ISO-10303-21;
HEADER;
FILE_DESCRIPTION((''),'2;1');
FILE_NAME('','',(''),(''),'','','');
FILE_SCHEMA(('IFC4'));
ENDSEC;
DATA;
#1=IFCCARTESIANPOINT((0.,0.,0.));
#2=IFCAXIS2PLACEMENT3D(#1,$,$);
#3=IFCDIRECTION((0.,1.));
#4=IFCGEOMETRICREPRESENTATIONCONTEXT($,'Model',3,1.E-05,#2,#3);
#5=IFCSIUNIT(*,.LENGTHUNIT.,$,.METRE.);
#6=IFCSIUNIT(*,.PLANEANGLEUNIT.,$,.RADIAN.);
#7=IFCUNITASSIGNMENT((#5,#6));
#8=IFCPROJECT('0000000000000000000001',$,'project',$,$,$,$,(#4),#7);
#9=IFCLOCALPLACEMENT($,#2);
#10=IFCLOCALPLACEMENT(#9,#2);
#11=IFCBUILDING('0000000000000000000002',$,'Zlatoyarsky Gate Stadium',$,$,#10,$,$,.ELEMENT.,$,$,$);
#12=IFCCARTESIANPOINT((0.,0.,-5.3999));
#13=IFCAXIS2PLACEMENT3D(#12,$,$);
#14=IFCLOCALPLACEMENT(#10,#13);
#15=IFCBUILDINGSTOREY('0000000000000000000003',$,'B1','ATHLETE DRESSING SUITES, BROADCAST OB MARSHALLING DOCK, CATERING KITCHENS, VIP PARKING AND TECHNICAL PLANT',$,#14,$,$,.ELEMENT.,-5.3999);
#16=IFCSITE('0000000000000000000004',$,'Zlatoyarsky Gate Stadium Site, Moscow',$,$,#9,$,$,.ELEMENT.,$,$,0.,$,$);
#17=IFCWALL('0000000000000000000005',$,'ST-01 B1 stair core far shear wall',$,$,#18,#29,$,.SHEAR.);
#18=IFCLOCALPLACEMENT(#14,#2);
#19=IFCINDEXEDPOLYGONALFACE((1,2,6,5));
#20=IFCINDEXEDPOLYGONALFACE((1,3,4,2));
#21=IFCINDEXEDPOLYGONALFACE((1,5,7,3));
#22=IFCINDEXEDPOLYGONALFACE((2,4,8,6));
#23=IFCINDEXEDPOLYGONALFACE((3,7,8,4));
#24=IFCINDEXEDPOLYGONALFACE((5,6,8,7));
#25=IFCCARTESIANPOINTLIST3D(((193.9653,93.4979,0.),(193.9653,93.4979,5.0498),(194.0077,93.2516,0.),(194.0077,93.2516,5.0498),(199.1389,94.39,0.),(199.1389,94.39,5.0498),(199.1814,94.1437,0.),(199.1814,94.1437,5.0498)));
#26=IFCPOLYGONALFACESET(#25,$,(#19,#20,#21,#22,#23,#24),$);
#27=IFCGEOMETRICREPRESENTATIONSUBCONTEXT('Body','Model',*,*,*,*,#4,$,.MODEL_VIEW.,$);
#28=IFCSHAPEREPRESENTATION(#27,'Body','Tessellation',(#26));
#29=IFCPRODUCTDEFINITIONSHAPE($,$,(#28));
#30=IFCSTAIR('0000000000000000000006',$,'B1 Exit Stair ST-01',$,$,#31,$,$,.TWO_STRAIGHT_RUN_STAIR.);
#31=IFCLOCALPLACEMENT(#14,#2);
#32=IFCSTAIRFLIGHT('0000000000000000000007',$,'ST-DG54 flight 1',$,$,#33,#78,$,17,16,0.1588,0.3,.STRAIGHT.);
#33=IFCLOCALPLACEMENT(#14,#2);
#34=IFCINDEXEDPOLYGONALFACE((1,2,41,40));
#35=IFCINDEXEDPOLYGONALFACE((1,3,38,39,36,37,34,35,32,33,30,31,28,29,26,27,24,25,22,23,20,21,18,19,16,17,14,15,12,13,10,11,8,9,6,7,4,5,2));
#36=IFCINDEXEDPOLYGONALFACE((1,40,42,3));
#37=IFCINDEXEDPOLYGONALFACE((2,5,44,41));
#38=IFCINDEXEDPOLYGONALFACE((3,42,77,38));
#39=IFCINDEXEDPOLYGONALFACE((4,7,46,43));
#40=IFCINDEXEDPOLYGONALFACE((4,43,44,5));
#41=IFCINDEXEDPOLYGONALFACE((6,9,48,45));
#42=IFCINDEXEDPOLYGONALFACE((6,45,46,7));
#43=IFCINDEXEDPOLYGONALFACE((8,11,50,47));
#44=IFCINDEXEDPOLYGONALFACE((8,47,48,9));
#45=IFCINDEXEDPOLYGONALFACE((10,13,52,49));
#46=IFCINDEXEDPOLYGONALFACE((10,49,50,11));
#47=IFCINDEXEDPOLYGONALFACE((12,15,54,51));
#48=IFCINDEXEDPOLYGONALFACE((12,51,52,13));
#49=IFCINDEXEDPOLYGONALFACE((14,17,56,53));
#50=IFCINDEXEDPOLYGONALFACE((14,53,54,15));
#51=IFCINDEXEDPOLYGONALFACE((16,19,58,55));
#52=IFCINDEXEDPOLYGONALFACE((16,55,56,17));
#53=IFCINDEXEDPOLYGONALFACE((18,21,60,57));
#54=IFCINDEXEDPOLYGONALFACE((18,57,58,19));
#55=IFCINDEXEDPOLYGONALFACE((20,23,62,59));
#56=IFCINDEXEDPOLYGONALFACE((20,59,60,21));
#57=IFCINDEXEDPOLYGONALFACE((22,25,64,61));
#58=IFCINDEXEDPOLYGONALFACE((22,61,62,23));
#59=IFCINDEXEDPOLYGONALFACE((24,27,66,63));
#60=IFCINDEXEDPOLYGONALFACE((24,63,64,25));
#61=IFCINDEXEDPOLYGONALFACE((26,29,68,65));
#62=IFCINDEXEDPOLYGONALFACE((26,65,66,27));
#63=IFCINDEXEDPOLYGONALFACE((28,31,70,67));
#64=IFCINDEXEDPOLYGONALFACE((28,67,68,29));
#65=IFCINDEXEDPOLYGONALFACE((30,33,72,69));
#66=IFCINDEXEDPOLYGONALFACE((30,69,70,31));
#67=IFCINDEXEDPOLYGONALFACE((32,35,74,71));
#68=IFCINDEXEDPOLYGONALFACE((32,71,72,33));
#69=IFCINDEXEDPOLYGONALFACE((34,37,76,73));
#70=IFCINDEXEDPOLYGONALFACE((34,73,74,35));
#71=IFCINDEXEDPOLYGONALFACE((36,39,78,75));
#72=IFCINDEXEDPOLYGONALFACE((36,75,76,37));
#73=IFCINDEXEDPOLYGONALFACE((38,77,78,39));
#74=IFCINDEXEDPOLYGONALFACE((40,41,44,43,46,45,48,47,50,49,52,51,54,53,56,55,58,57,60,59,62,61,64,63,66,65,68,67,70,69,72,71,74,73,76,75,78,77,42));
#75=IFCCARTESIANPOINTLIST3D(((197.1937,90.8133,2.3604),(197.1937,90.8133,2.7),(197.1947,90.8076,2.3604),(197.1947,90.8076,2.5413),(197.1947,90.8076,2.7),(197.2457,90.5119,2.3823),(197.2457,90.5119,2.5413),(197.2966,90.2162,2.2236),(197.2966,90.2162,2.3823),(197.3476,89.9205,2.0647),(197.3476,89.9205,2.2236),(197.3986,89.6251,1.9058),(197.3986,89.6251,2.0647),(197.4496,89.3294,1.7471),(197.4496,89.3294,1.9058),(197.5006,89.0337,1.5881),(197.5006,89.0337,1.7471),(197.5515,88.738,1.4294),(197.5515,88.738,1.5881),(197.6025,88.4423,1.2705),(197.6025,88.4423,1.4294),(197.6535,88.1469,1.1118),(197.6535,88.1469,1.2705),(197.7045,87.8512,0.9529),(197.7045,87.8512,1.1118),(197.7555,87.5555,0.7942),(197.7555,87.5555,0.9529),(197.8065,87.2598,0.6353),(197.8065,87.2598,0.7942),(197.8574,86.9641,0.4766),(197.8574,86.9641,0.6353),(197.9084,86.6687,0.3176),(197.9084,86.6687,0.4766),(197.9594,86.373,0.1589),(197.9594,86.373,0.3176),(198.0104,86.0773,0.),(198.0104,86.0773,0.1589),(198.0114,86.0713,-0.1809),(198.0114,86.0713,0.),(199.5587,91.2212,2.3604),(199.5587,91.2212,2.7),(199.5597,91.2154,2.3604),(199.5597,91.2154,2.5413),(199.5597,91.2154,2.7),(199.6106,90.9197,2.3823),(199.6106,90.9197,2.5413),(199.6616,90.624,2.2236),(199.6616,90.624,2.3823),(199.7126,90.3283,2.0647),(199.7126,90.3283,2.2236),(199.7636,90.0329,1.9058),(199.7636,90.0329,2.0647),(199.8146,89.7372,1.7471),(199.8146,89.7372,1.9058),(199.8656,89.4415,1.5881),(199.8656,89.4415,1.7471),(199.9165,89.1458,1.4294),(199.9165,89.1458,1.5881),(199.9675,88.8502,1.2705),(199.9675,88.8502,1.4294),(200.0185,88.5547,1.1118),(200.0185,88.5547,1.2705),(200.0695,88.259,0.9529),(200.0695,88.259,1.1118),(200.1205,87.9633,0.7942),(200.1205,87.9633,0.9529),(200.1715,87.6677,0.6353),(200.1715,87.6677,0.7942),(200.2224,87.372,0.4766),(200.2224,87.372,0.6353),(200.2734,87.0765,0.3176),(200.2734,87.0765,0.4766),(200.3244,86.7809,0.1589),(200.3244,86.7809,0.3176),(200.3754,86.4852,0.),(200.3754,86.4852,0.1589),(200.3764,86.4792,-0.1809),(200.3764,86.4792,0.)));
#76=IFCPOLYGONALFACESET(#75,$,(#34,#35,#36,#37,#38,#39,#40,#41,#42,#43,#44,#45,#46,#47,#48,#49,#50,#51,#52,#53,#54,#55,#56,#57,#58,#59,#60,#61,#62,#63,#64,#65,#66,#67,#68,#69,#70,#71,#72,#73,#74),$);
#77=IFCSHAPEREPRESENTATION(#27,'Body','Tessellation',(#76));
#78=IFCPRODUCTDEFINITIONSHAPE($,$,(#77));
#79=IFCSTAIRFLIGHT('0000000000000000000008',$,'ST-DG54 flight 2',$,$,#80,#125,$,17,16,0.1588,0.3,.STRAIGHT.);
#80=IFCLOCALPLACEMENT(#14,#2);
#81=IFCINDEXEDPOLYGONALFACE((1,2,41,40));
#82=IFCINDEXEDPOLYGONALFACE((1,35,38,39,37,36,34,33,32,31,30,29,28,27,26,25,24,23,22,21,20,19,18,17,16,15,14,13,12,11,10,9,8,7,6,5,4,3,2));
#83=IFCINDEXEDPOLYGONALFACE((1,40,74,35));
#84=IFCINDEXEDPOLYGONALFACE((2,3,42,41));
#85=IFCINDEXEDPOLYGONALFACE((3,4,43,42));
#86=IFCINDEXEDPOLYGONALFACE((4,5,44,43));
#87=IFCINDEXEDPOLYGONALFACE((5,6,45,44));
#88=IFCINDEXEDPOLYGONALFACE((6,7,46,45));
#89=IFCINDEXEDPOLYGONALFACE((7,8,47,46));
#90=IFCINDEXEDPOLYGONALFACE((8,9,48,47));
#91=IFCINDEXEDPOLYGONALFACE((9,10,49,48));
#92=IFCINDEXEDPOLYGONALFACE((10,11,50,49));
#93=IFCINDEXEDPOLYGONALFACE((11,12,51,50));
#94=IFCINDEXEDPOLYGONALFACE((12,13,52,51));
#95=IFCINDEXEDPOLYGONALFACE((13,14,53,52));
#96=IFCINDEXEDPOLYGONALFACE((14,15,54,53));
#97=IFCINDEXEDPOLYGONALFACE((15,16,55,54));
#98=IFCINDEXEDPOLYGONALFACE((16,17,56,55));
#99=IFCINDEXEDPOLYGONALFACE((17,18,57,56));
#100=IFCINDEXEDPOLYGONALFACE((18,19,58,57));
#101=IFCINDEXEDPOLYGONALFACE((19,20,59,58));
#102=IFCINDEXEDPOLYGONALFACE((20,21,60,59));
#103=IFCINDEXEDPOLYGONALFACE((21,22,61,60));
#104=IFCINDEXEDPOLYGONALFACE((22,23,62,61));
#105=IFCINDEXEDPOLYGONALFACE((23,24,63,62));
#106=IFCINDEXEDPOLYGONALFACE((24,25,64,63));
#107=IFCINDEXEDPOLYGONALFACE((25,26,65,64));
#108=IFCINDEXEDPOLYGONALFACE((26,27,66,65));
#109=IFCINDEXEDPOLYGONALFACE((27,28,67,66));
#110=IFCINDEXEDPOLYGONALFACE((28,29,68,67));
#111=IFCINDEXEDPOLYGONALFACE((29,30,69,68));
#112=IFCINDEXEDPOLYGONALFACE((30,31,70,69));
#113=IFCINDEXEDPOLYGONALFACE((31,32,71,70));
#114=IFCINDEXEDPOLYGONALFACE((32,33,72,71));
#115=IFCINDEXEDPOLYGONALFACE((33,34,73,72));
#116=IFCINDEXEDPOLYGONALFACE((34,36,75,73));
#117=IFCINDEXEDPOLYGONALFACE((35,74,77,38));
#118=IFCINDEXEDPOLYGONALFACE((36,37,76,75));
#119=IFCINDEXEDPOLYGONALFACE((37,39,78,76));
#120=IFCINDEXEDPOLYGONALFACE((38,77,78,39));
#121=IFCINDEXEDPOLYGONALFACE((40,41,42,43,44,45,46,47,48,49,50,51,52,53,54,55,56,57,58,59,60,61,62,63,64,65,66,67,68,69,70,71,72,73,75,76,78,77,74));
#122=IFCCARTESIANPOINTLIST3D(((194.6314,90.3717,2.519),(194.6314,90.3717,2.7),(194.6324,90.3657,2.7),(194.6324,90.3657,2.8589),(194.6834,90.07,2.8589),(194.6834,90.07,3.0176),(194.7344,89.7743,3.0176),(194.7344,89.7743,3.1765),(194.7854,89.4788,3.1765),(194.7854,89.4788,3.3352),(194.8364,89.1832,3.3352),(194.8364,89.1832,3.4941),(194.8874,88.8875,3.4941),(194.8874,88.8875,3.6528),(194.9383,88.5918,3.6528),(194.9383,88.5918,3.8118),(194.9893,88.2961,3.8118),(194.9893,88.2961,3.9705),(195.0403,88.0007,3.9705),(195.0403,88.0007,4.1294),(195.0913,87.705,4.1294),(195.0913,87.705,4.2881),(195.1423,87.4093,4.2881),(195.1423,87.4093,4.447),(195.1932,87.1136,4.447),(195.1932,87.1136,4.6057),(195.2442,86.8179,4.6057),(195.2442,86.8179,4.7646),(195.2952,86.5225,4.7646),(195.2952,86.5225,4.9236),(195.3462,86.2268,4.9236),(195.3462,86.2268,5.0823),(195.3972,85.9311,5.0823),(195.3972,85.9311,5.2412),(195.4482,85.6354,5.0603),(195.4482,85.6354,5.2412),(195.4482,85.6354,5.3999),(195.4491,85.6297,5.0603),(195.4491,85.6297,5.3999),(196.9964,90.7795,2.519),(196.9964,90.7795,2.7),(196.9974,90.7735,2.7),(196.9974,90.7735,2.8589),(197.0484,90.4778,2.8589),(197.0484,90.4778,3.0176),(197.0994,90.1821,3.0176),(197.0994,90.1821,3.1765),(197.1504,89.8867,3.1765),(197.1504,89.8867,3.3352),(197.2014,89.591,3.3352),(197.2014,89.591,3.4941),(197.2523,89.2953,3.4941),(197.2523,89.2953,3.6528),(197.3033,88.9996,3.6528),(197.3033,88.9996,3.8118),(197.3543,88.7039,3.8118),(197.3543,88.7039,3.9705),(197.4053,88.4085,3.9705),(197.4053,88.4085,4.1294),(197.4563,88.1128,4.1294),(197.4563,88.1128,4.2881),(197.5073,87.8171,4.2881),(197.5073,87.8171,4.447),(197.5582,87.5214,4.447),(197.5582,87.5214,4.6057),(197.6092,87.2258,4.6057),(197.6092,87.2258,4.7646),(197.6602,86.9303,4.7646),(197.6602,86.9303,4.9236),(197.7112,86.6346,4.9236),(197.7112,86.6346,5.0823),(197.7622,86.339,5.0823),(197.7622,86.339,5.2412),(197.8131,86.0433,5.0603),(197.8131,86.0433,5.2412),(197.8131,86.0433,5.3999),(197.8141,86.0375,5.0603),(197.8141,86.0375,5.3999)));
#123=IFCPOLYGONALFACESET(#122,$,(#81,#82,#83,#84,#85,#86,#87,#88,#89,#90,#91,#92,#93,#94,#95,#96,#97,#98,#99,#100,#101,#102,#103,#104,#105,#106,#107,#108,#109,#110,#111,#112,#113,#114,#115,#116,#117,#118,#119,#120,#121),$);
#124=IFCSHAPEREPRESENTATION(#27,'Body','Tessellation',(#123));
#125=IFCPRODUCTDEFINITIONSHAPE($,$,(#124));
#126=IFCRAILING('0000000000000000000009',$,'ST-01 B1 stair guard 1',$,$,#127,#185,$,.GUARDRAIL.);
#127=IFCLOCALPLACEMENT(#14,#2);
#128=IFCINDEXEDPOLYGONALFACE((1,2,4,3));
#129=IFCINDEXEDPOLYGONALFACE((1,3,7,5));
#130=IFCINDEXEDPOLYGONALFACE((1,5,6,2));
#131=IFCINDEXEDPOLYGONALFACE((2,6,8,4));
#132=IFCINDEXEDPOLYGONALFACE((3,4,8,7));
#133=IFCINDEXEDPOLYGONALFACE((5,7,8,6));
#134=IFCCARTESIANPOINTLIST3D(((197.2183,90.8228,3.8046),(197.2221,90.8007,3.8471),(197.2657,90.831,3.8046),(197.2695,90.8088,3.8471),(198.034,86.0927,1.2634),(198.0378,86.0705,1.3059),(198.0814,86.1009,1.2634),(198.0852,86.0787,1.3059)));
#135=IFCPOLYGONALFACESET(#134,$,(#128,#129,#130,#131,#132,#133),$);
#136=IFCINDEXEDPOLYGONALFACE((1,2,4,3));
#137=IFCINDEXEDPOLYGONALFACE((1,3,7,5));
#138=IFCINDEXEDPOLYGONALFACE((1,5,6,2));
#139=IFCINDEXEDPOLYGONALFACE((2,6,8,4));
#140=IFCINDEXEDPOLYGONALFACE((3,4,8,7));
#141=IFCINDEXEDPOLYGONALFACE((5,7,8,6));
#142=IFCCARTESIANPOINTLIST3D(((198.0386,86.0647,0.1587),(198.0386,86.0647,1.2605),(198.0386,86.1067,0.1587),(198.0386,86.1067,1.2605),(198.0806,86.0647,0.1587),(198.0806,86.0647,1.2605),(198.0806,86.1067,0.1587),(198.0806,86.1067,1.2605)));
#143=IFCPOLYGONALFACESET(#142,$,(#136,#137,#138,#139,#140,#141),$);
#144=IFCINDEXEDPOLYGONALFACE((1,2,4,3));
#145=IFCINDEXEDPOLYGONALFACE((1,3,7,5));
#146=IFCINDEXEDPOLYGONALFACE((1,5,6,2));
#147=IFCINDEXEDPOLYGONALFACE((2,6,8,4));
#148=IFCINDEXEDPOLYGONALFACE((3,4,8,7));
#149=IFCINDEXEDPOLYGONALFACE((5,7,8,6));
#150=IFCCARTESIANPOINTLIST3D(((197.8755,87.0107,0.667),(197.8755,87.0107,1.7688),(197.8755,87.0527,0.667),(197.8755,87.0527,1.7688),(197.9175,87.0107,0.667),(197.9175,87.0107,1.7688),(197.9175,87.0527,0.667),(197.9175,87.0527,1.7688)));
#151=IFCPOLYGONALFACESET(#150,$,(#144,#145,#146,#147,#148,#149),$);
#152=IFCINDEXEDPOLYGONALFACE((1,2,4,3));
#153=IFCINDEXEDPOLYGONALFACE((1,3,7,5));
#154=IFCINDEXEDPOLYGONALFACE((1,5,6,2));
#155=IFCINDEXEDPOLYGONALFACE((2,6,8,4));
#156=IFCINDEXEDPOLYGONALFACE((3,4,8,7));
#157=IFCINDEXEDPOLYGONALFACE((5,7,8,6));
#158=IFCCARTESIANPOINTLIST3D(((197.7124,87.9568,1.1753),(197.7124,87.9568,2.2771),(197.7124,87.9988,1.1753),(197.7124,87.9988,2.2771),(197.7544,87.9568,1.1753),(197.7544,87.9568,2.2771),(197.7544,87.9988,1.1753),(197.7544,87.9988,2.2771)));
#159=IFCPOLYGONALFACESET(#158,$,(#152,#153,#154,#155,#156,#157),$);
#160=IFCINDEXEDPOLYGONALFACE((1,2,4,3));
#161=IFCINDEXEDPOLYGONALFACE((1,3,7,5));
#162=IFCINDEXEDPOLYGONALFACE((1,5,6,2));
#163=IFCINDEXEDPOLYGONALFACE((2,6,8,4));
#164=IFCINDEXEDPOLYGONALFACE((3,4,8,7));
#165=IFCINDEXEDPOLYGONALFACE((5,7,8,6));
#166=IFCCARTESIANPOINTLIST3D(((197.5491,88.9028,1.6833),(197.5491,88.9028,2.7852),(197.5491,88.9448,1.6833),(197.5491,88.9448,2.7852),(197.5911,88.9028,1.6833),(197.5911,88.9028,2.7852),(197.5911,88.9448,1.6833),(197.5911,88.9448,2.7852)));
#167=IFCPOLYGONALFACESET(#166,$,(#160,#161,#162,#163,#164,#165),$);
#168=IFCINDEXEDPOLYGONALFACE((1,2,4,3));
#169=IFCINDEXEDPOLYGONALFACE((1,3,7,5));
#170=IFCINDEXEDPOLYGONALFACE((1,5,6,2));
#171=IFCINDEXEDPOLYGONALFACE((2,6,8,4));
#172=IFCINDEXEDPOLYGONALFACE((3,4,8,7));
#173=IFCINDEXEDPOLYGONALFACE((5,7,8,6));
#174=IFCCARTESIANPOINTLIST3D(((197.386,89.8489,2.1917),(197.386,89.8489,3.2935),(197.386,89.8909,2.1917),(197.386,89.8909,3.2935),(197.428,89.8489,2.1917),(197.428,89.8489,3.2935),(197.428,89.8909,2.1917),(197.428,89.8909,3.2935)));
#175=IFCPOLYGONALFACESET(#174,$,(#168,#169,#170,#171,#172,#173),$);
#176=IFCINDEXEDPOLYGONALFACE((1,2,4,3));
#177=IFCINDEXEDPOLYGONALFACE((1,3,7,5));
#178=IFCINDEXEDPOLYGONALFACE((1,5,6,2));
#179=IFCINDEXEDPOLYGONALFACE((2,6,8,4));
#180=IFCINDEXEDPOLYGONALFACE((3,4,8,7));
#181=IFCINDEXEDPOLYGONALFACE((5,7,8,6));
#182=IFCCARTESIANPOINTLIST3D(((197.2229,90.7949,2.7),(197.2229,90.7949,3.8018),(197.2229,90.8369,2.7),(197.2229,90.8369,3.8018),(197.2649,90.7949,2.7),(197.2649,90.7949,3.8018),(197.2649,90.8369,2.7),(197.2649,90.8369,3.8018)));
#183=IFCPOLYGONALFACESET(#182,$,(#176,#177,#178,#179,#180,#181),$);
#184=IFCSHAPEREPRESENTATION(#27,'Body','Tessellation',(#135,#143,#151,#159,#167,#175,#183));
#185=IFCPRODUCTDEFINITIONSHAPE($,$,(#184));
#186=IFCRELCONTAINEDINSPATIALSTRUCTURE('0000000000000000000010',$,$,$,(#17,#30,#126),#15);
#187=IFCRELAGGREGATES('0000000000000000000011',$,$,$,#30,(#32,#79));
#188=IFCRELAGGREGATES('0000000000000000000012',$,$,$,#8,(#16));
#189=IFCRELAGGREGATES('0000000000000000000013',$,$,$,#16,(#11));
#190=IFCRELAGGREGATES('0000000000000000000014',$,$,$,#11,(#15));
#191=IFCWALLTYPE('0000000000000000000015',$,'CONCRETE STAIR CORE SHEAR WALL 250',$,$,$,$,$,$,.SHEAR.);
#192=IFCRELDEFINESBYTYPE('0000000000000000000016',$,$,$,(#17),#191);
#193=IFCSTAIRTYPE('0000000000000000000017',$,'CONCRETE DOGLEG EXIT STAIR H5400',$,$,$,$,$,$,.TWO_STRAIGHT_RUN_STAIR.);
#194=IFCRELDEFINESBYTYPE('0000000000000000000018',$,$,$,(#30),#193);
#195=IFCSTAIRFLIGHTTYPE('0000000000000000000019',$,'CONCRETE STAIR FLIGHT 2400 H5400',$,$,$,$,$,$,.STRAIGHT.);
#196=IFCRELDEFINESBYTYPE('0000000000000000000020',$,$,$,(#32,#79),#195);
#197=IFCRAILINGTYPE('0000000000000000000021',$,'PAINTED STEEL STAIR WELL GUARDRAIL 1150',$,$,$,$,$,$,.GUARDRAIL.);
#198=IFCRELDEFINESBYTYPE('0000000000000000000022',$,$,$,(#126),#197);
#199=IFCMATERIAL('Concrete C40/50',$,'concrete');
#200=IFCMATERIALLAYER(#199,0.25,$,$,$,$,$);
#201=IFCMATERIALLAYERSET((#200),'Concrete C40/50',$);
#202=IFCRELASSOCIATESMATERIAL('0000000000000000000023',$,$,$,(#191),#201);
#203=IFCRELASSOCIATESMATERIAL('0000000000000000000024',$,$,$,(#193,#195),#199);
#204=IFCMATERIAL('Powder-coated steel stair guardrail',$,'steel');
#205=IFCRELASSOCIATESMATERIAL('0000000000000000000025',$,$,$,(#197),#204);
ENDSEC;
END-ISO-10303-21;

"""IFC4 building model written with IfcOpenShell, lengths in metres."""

from ifc_helpers import new_model, si_unit, direction, frame, frame_2d, origin, origin_2d, place, context, subcontext, project, spatial, polyline, rectangle, outline, extrude, material, layer, layer_set, type_object, element, aggregate, save


model = new_model("IFC4")

# Units and contexts
model_context = context("Model", 3, precision=1e-05, world=origin(), true_north=direction((0.0, 1.0)))
body_context = subcontext(model_context, "Body", "Model", "MODEL_VIEW")
ifc_project = project(units=[si_unit("LENGTHUNIT", "METRE"), si_unit("PLANEANGLEUNIT", "RADIAN")], contexts=[model_context])

# Site, building, storey
site_placement = place(None, origin())
site = spatial("IfcSite", under=ifc_project, at=site_placement, Name="Zlatoyarsky Gate Stadium Site, Moscow", CompositionType="ELEMENT", RefElevation=0.0)
building_placement = place(site_placement, origin())
building = spatial("IfcBuilding", under=site, at=building_placement, Name="Zlatoyarsky Gate Stadium", CompositionType="ELEMENT")
storey_placement = place(building_placement, frame((0.0, 0.0, -5.3999)))
storey = spatial("IfcBuildingStorey", under=building, at=storey_placement, Name="B1", Description="ATHLETE DRESSING SUITES, BROADCAST OB MARSHALLING DOCK, CATERING KITCHENS, VIP PARKING AND TECHNICAL PLANT", CompositionType="ELEMENT", Elevation=-5.3999)

# Shared definitions
ifc_material_1 = material(Name="Concrete C40/50", Category="concrete")

# Shared definitions
ifc_layer_1 = layer(ifc_material_1, 0.25)
ifc_layer_set_1 = layer_set([ifc_layer_1], Name="Concrete C40/50")
wall_type_1 = type_object("IfcWallType", Name="CONCRETE STAIR CORE SHEAR WALL 250", PredefinedType="SHEAR", material=ifc_layer_set_1)

# Wall
wall_1_placement = place(storey_placement, frame((199.1602, 94.2668, 0.0), z_axis=(0.0, 0.0, 1.0), x_axis=(-0.985457, -0.169924, 0.0)))
element("IfcWall", 1, at=wall_1_placement, inside=storey, type_object=wall_type_1, Name="ST-01 B1 stair core far shear wall", PredefinedType="SHEAR", context=body_context, shape_type="SweptSolid", body=[
    extrude(rectangle(XDim=5.25, YDim=0.25, at=frame_2d((2.625, 0.0))), origin(), (0.0, 0.0, 1.0), 5.0498),
])

# Stair, stair flights
stair_type = type_object("IfcStairType", Name="CONCRETE DOGLEG EXIT STAIR H5400", PredefinedType="TWO_STRAIGHT_RUN_STAIR", material=ifc_material_1)
stair_placement = place(storey_placement, origin())
stair = element("IfcStair", 2, at=stair_placement, inside=storey, type_object=stair_type, Name="B1 Exit Stair ST-01", PredefinedType="TWO_STRAIGHT_RUN_STAIR")
stair_flight_type = type_object("IfcStairFlightType", Name="CONCRETE STAIR FLIGHT 2400 H5400", PredefinedType="STRAIGHT", material=ifc_material_1)
stair_flight_1_placement = place(storey_placement, frame((199.1929, 86.2812, 0.0), z_axis=(0.0, 0.0, 1.0), x_axis=(-0.169938, 0.985455, 0.0)))
stair_flight_1 = element("IfcStairFlight", 3, at=stair_flight_1_placement, type_object=stair_flight_type, Name="ST-DG54 flight 1", NumberOfRisers=17, NumberOfTreads=16, PredefinedType="STRAIGHT", RiserHeight=0.1588, TreadLength=0.3, context=body_context, shape_type="SweptSolid", body=[
    extrude(outline(polyline([(-0.0061, -0.1809), (-0.0061, 0.0), (0.0, 0.0), (0.0, 0.1589), (0.3, 0.1589), (0.3, 0.3176), (0.6001, 0.3176), (0.6001, 0.4766), (0.8999, 0.4766), (0.8999, 0.6353), (1.2, 0.6353), (1.2, 0.7942), (1.5, 0.7942), (1.5, 0.9529), (1.8, 0.9529), (1.8, 1.1118), (2.1001, 1.1118), (2.1001, 1.2705), (2.3999, 1.2705), (2.3999, 1.4294), (2.7, 1.4294), (2.7, 1.5881), (3.0, 1.5881), (3.0, 1.7471), (3.3, 1.7471), (3.3, 1.9058), (3.6001, 1.9058), (3.6001, 2.0647), (3.8999, 2.0647), (3.8999, 2.2236), (4.2, 2.2236), (4.2, 2.3823), (4.5, 2.3823), (4.5, 2.5413), (4.8, 2.5413), (4.8, 2.7), (4.8059, 2.7), (4.8059, 2.3604), (4.8, 2.3604), (-0.0061, -0.1809)])), frame((0.0, 1.2, 0.0), z_axis=(0.0, -1.0, 0.0), x_axis=(1.0, 0.0, 0.0)), (0.0, 0.0, 1.0), 2.3999),
])
stair_flight_2_placement = place(storey_placement, frame((195.8149, 90.5696, 2.7), z_axis=(0.0, 0.0, 1.0), x_axis=(0.169938, -0.985455, 0.0)))
stair_flight_2 = element("IfcStairFlight", 4, at=stair_flight_2_placement, type_object=stair_flight_type, Name="ST-DG54 flight 2", NumberOfRisers=17, NumberOfTreads=16, PredefinedType="STRAIGHT", RiserHeight=0.1588, TreadLength=0.3, context=body_context, shape_type="SweptSolid", body=[
    extrude(outline(polyline([(-0.0061, -0.1809), (-0.0061, 0.0), (0.0, 0.0), (0.0, 0.1589), (0.3, 0.1589), (0.3, 0.3176), (0.6001, 0.3176), (0.6001, 0.4766), (0.8999, 0.4766), (0.8999, 0.6353), (1.2, 0.6353), (1.2, 0.7942), (1.5, 0.7942), (1.5, 0.9529), (1.8, 0.9529), (1.8, 1.1118), (2.1001, 1.1118), (2.1001, 1.2705), (2.3999, 1.2705), (2.3999, 1.4294), (2.7, 1.4294), (2.7, 1.5881), (3.0, 1.5881), (3.0, 1.7471), (3.3, 1.7471), (3.3, 1.9058), (3.6001, 1.9058), (3.6001, 2.0647), (3.8999, 2.0647), (3.8999, 2.2236), (4.2, 2.2236), (4.2, 2.3823), (4.5, 2.3823), (4.5, 2.5413), (4.8, 2.5413), (4.8, 2.7), (4.8059, 2.7), (4.8059, 2.3604), (4.8, 2.3604), (-0.0061, -0.1809)])), frame((0.0, 1.2, 0.0), z_axis=(0.0, -1.0, 0.0), x_axis=(1.0, 0.0, 0.0)), (0.0, 0.0, 1.0), 2.3999),
])
aggregate(stair, [stair_flight_1, stair_flight_2])

# Railing
ifc_material_2 = material(Name="Powder-coated steel stair guardrail", Category="steel")
railing_type_1 = type_object("IfcRailingType", Name="PAINTED STEEL STAIR WELL GUARDRAIL 1150", PredefinedType="GUARDRAIL", material=ifc_material_2)
railing_1_placement = place(storey_placement, frame((198.0596, 86.0857, 0.1587)))
element("IfcRailing", 5, at=railing_1_placement, inside=storey, type_object=railing_type_1, Name="ST-01 B1 stair guard 1", PredefinedType="GUARDRAIL", context=body_context, shape_type="SweptSolid", body=[
    extrude(rectangle(XDim=0.0481, YDim=0.0481, at=origin_2d()), frame((0.0, 0.0, 1.126), z_axis=(-0.150182, 0.870929, 0.467897), x_axis=(-0.985456, -0.169931, 0.0)), (0.0, 0.0, 1.0), 5.4312),
    extrude(rectangle(XDim=0.042, YDim=0.042, at=origin_2d()), origin(), (0.0, 0.0, 1.0), 1.1018),
    extrude(rectangle(XDim=0.042, YDim=0.042, at=origin_2d()), frame((-0.1631, 0.946, 0.5083)), (0.0, 0.0, 1.0), 1.1018),
    extrude(rectangle(XDim=0.042, YDim=0.042, at=origin_2d()), frame((-0.3262, 1.8921, 1.0166)), (0.0, 0.0, 1.0), 1.1018),
    extrude(rectangle(XDim=0.042, YDim=0.042, at=origin_2d()), frame((-0.4895, 2.8381, 1.5247)), (0.0, 0.0, 1.0), 1.1018),
    extrude(rectangle(XDim=0.042, YDim=0.042, at=origin_2d()), frame((-0.6526, 3.7842, 2.033)), (0.0, 0.0, 1.0), 1.1018),
    extrude(rectangle(XDim=0.042, YDim=0.042, at=origin_2d()), frame((-0.8157, 4.7302, 2.5413)), (0.0, 0.0, 1.0), 1.1018),
])

save(model, "model.ifc")
